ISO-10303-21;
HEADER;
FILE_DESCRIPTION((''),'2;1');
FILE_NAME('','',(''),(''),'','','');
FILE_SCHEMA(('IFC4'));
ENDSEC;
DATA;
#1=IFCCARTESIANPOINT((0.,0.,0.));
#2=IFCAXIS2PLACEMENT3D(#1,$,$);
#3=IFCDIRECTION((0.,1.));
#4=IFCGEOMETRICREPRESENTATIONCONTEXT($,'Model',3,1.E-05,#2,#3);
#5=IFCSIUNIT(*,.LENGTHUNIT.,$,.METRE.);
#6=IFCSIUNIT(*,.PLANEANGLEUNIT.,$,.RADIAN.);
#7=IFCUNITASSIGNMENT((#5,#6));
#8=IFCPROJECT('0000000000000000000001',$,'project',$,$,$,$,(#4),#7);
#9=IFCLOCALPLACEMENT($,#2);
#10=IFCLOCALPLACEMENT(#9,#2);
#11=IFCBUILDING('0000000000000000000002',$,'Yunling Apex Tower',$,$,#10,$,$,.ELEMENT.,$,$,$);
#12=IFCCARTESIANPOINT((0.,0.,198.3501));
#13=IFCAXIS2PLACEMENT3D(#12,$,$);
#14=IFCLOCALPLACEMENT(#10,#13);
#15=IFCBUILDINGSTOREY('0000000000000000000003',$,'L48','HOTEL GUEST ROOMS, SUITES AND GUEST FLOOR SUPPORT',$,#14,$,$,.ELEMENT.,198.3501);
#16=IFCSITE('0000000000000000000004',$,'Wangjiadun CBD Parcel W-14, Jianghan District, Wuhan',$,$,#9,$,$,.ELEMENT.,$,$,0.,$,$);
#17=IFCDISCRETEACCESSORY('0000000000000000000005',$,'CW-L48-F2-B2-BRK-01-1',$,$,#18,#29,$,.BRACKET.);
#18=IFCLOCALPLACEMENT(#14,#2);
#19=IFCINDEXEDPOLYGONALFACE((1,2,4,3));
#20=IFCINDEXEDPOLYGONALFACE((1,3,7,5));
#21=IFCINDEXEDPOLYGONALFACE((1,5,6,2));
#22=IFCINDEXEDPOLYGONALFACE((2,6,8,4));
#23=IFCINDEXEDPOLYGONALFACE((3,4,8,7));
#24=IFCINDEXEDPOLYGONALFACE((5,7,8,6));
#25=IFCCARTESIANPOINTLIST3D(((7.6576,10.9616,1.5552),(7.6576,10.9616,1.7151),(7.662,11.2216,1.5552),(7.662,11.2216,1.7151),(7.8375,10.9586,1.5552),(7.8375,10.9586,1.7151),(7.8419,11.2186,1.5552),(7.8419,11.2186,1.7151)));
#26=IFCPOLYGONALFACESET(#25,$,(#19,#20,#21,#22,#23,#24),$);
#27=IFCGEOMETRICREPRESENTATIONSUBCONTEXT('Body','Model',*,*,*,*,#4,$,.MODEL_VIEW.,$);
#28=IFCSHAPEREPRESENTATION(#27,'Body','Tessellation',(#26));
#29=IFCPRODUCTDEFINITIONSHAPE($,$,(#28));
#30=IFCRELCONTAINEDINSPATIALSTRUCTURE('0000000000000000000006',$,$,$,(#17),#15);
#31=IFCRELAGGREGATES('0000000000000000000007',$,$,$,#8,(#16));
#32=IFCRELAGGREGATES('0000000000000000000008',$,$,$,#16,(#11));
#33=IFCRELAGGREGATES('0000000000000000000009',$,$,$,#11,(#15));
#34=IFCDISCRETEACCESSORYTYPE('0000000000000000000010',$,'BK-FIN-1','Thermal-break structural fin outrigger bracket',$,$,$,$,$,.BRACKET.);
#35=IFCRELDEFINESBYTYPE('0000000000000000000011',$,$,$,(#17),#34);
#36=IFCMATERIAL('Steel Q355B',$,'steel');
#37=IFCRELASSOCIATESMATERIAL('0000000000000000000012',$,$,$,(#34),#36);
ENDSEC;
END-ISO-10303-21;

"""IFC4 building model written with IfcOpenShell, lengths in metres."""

from ifc_helpers import new_model, si_unit, direction, frame, origin, origin_2d, place, context, subcontext, project, spatial, rectangle, extrude, source, transform, mapped, material, type_object, element, save


model = new_model("IFC4")

# Units and contexts
model_context = context("Model", 3, precision=1e-05, world=origin(), true_north=direction((0.0, 1.0)))
body_context = subcontext(model_context, "Body", "Model", "MODEL_VIEW")
ifc_project = project(units=[si_unit("LENGTHUNIT", "METRE"), si_unit("PLANEANGLEUNIT", "RADIAN")], contexts=[model_context])

# Site, building, storey
site_placement = place(None, origin())
site = spatial("IfcSite", under=ifc_project, at=site_placement, Name="Wangjiadun CBD Parcel W-14, Jianghan District, Wuhan", CompositionType="ELEMENT", RefElevation=0.0)
building_placement = place(site_placement, origin())
building = spatial("IfcBuilding", under=site, at=building_placement, Name="Yunling Apex Tower", CompositionType="ELEMENT")
storey_placement = place(building_placement, frame((0.0, 0.0, 198.3501)))
storey = spatial("IfcBuildingStorey", under=building, at=storey_placement, Name="L48", Description="HOTEL GUEST ROOMS, SUITES AND GUEST FLOOR SUPPORT", CompositionType="ELEMENT", Elevation=198.3501)

# Shared definitions
ifc_material_1 = material(Name="Steel Q355B", Category="steel")

# Discrete accessory
discrete_accessory_type = type_object("IfcDiscreteAccessoryType", Name="BK-FIN-1", Description="Thermal-break structural fin outrigger bracket", PredefinedType="BRACKET", material=ifc_material_1)
shared_shape_1 = source(origin(), body_context, "Body", "SweptSolid", [
    extrude(rectangle(XDim=0.1799, YDim=0.26, at=origin_2d()), origin(), (0.0, 0.0, 1.0), 0.1599),
])
discrete_accessory_placement = place(storey_placement, frame((7.7498, 11.0901, 1.5552), z_axis=(0.0, 0.0, 1.0), x_axis=(-0.99986, 0.016754, 0.0)))
element("IfcDiscreteAccessory", 1, at=discrete_accessory_placement, inside=storey, type_object=discrete_accessory_type, Name="CW-L48-F2-B2-BRK-01-1", PredefinedType="BRACKET", context=body_context, shape_type="MappedRepresentation", body=[
    mapped(shared_shape_1, transform((0.0, 0.0, 0.0), scale=1.0)),
])

save(model, "model.ifc")
